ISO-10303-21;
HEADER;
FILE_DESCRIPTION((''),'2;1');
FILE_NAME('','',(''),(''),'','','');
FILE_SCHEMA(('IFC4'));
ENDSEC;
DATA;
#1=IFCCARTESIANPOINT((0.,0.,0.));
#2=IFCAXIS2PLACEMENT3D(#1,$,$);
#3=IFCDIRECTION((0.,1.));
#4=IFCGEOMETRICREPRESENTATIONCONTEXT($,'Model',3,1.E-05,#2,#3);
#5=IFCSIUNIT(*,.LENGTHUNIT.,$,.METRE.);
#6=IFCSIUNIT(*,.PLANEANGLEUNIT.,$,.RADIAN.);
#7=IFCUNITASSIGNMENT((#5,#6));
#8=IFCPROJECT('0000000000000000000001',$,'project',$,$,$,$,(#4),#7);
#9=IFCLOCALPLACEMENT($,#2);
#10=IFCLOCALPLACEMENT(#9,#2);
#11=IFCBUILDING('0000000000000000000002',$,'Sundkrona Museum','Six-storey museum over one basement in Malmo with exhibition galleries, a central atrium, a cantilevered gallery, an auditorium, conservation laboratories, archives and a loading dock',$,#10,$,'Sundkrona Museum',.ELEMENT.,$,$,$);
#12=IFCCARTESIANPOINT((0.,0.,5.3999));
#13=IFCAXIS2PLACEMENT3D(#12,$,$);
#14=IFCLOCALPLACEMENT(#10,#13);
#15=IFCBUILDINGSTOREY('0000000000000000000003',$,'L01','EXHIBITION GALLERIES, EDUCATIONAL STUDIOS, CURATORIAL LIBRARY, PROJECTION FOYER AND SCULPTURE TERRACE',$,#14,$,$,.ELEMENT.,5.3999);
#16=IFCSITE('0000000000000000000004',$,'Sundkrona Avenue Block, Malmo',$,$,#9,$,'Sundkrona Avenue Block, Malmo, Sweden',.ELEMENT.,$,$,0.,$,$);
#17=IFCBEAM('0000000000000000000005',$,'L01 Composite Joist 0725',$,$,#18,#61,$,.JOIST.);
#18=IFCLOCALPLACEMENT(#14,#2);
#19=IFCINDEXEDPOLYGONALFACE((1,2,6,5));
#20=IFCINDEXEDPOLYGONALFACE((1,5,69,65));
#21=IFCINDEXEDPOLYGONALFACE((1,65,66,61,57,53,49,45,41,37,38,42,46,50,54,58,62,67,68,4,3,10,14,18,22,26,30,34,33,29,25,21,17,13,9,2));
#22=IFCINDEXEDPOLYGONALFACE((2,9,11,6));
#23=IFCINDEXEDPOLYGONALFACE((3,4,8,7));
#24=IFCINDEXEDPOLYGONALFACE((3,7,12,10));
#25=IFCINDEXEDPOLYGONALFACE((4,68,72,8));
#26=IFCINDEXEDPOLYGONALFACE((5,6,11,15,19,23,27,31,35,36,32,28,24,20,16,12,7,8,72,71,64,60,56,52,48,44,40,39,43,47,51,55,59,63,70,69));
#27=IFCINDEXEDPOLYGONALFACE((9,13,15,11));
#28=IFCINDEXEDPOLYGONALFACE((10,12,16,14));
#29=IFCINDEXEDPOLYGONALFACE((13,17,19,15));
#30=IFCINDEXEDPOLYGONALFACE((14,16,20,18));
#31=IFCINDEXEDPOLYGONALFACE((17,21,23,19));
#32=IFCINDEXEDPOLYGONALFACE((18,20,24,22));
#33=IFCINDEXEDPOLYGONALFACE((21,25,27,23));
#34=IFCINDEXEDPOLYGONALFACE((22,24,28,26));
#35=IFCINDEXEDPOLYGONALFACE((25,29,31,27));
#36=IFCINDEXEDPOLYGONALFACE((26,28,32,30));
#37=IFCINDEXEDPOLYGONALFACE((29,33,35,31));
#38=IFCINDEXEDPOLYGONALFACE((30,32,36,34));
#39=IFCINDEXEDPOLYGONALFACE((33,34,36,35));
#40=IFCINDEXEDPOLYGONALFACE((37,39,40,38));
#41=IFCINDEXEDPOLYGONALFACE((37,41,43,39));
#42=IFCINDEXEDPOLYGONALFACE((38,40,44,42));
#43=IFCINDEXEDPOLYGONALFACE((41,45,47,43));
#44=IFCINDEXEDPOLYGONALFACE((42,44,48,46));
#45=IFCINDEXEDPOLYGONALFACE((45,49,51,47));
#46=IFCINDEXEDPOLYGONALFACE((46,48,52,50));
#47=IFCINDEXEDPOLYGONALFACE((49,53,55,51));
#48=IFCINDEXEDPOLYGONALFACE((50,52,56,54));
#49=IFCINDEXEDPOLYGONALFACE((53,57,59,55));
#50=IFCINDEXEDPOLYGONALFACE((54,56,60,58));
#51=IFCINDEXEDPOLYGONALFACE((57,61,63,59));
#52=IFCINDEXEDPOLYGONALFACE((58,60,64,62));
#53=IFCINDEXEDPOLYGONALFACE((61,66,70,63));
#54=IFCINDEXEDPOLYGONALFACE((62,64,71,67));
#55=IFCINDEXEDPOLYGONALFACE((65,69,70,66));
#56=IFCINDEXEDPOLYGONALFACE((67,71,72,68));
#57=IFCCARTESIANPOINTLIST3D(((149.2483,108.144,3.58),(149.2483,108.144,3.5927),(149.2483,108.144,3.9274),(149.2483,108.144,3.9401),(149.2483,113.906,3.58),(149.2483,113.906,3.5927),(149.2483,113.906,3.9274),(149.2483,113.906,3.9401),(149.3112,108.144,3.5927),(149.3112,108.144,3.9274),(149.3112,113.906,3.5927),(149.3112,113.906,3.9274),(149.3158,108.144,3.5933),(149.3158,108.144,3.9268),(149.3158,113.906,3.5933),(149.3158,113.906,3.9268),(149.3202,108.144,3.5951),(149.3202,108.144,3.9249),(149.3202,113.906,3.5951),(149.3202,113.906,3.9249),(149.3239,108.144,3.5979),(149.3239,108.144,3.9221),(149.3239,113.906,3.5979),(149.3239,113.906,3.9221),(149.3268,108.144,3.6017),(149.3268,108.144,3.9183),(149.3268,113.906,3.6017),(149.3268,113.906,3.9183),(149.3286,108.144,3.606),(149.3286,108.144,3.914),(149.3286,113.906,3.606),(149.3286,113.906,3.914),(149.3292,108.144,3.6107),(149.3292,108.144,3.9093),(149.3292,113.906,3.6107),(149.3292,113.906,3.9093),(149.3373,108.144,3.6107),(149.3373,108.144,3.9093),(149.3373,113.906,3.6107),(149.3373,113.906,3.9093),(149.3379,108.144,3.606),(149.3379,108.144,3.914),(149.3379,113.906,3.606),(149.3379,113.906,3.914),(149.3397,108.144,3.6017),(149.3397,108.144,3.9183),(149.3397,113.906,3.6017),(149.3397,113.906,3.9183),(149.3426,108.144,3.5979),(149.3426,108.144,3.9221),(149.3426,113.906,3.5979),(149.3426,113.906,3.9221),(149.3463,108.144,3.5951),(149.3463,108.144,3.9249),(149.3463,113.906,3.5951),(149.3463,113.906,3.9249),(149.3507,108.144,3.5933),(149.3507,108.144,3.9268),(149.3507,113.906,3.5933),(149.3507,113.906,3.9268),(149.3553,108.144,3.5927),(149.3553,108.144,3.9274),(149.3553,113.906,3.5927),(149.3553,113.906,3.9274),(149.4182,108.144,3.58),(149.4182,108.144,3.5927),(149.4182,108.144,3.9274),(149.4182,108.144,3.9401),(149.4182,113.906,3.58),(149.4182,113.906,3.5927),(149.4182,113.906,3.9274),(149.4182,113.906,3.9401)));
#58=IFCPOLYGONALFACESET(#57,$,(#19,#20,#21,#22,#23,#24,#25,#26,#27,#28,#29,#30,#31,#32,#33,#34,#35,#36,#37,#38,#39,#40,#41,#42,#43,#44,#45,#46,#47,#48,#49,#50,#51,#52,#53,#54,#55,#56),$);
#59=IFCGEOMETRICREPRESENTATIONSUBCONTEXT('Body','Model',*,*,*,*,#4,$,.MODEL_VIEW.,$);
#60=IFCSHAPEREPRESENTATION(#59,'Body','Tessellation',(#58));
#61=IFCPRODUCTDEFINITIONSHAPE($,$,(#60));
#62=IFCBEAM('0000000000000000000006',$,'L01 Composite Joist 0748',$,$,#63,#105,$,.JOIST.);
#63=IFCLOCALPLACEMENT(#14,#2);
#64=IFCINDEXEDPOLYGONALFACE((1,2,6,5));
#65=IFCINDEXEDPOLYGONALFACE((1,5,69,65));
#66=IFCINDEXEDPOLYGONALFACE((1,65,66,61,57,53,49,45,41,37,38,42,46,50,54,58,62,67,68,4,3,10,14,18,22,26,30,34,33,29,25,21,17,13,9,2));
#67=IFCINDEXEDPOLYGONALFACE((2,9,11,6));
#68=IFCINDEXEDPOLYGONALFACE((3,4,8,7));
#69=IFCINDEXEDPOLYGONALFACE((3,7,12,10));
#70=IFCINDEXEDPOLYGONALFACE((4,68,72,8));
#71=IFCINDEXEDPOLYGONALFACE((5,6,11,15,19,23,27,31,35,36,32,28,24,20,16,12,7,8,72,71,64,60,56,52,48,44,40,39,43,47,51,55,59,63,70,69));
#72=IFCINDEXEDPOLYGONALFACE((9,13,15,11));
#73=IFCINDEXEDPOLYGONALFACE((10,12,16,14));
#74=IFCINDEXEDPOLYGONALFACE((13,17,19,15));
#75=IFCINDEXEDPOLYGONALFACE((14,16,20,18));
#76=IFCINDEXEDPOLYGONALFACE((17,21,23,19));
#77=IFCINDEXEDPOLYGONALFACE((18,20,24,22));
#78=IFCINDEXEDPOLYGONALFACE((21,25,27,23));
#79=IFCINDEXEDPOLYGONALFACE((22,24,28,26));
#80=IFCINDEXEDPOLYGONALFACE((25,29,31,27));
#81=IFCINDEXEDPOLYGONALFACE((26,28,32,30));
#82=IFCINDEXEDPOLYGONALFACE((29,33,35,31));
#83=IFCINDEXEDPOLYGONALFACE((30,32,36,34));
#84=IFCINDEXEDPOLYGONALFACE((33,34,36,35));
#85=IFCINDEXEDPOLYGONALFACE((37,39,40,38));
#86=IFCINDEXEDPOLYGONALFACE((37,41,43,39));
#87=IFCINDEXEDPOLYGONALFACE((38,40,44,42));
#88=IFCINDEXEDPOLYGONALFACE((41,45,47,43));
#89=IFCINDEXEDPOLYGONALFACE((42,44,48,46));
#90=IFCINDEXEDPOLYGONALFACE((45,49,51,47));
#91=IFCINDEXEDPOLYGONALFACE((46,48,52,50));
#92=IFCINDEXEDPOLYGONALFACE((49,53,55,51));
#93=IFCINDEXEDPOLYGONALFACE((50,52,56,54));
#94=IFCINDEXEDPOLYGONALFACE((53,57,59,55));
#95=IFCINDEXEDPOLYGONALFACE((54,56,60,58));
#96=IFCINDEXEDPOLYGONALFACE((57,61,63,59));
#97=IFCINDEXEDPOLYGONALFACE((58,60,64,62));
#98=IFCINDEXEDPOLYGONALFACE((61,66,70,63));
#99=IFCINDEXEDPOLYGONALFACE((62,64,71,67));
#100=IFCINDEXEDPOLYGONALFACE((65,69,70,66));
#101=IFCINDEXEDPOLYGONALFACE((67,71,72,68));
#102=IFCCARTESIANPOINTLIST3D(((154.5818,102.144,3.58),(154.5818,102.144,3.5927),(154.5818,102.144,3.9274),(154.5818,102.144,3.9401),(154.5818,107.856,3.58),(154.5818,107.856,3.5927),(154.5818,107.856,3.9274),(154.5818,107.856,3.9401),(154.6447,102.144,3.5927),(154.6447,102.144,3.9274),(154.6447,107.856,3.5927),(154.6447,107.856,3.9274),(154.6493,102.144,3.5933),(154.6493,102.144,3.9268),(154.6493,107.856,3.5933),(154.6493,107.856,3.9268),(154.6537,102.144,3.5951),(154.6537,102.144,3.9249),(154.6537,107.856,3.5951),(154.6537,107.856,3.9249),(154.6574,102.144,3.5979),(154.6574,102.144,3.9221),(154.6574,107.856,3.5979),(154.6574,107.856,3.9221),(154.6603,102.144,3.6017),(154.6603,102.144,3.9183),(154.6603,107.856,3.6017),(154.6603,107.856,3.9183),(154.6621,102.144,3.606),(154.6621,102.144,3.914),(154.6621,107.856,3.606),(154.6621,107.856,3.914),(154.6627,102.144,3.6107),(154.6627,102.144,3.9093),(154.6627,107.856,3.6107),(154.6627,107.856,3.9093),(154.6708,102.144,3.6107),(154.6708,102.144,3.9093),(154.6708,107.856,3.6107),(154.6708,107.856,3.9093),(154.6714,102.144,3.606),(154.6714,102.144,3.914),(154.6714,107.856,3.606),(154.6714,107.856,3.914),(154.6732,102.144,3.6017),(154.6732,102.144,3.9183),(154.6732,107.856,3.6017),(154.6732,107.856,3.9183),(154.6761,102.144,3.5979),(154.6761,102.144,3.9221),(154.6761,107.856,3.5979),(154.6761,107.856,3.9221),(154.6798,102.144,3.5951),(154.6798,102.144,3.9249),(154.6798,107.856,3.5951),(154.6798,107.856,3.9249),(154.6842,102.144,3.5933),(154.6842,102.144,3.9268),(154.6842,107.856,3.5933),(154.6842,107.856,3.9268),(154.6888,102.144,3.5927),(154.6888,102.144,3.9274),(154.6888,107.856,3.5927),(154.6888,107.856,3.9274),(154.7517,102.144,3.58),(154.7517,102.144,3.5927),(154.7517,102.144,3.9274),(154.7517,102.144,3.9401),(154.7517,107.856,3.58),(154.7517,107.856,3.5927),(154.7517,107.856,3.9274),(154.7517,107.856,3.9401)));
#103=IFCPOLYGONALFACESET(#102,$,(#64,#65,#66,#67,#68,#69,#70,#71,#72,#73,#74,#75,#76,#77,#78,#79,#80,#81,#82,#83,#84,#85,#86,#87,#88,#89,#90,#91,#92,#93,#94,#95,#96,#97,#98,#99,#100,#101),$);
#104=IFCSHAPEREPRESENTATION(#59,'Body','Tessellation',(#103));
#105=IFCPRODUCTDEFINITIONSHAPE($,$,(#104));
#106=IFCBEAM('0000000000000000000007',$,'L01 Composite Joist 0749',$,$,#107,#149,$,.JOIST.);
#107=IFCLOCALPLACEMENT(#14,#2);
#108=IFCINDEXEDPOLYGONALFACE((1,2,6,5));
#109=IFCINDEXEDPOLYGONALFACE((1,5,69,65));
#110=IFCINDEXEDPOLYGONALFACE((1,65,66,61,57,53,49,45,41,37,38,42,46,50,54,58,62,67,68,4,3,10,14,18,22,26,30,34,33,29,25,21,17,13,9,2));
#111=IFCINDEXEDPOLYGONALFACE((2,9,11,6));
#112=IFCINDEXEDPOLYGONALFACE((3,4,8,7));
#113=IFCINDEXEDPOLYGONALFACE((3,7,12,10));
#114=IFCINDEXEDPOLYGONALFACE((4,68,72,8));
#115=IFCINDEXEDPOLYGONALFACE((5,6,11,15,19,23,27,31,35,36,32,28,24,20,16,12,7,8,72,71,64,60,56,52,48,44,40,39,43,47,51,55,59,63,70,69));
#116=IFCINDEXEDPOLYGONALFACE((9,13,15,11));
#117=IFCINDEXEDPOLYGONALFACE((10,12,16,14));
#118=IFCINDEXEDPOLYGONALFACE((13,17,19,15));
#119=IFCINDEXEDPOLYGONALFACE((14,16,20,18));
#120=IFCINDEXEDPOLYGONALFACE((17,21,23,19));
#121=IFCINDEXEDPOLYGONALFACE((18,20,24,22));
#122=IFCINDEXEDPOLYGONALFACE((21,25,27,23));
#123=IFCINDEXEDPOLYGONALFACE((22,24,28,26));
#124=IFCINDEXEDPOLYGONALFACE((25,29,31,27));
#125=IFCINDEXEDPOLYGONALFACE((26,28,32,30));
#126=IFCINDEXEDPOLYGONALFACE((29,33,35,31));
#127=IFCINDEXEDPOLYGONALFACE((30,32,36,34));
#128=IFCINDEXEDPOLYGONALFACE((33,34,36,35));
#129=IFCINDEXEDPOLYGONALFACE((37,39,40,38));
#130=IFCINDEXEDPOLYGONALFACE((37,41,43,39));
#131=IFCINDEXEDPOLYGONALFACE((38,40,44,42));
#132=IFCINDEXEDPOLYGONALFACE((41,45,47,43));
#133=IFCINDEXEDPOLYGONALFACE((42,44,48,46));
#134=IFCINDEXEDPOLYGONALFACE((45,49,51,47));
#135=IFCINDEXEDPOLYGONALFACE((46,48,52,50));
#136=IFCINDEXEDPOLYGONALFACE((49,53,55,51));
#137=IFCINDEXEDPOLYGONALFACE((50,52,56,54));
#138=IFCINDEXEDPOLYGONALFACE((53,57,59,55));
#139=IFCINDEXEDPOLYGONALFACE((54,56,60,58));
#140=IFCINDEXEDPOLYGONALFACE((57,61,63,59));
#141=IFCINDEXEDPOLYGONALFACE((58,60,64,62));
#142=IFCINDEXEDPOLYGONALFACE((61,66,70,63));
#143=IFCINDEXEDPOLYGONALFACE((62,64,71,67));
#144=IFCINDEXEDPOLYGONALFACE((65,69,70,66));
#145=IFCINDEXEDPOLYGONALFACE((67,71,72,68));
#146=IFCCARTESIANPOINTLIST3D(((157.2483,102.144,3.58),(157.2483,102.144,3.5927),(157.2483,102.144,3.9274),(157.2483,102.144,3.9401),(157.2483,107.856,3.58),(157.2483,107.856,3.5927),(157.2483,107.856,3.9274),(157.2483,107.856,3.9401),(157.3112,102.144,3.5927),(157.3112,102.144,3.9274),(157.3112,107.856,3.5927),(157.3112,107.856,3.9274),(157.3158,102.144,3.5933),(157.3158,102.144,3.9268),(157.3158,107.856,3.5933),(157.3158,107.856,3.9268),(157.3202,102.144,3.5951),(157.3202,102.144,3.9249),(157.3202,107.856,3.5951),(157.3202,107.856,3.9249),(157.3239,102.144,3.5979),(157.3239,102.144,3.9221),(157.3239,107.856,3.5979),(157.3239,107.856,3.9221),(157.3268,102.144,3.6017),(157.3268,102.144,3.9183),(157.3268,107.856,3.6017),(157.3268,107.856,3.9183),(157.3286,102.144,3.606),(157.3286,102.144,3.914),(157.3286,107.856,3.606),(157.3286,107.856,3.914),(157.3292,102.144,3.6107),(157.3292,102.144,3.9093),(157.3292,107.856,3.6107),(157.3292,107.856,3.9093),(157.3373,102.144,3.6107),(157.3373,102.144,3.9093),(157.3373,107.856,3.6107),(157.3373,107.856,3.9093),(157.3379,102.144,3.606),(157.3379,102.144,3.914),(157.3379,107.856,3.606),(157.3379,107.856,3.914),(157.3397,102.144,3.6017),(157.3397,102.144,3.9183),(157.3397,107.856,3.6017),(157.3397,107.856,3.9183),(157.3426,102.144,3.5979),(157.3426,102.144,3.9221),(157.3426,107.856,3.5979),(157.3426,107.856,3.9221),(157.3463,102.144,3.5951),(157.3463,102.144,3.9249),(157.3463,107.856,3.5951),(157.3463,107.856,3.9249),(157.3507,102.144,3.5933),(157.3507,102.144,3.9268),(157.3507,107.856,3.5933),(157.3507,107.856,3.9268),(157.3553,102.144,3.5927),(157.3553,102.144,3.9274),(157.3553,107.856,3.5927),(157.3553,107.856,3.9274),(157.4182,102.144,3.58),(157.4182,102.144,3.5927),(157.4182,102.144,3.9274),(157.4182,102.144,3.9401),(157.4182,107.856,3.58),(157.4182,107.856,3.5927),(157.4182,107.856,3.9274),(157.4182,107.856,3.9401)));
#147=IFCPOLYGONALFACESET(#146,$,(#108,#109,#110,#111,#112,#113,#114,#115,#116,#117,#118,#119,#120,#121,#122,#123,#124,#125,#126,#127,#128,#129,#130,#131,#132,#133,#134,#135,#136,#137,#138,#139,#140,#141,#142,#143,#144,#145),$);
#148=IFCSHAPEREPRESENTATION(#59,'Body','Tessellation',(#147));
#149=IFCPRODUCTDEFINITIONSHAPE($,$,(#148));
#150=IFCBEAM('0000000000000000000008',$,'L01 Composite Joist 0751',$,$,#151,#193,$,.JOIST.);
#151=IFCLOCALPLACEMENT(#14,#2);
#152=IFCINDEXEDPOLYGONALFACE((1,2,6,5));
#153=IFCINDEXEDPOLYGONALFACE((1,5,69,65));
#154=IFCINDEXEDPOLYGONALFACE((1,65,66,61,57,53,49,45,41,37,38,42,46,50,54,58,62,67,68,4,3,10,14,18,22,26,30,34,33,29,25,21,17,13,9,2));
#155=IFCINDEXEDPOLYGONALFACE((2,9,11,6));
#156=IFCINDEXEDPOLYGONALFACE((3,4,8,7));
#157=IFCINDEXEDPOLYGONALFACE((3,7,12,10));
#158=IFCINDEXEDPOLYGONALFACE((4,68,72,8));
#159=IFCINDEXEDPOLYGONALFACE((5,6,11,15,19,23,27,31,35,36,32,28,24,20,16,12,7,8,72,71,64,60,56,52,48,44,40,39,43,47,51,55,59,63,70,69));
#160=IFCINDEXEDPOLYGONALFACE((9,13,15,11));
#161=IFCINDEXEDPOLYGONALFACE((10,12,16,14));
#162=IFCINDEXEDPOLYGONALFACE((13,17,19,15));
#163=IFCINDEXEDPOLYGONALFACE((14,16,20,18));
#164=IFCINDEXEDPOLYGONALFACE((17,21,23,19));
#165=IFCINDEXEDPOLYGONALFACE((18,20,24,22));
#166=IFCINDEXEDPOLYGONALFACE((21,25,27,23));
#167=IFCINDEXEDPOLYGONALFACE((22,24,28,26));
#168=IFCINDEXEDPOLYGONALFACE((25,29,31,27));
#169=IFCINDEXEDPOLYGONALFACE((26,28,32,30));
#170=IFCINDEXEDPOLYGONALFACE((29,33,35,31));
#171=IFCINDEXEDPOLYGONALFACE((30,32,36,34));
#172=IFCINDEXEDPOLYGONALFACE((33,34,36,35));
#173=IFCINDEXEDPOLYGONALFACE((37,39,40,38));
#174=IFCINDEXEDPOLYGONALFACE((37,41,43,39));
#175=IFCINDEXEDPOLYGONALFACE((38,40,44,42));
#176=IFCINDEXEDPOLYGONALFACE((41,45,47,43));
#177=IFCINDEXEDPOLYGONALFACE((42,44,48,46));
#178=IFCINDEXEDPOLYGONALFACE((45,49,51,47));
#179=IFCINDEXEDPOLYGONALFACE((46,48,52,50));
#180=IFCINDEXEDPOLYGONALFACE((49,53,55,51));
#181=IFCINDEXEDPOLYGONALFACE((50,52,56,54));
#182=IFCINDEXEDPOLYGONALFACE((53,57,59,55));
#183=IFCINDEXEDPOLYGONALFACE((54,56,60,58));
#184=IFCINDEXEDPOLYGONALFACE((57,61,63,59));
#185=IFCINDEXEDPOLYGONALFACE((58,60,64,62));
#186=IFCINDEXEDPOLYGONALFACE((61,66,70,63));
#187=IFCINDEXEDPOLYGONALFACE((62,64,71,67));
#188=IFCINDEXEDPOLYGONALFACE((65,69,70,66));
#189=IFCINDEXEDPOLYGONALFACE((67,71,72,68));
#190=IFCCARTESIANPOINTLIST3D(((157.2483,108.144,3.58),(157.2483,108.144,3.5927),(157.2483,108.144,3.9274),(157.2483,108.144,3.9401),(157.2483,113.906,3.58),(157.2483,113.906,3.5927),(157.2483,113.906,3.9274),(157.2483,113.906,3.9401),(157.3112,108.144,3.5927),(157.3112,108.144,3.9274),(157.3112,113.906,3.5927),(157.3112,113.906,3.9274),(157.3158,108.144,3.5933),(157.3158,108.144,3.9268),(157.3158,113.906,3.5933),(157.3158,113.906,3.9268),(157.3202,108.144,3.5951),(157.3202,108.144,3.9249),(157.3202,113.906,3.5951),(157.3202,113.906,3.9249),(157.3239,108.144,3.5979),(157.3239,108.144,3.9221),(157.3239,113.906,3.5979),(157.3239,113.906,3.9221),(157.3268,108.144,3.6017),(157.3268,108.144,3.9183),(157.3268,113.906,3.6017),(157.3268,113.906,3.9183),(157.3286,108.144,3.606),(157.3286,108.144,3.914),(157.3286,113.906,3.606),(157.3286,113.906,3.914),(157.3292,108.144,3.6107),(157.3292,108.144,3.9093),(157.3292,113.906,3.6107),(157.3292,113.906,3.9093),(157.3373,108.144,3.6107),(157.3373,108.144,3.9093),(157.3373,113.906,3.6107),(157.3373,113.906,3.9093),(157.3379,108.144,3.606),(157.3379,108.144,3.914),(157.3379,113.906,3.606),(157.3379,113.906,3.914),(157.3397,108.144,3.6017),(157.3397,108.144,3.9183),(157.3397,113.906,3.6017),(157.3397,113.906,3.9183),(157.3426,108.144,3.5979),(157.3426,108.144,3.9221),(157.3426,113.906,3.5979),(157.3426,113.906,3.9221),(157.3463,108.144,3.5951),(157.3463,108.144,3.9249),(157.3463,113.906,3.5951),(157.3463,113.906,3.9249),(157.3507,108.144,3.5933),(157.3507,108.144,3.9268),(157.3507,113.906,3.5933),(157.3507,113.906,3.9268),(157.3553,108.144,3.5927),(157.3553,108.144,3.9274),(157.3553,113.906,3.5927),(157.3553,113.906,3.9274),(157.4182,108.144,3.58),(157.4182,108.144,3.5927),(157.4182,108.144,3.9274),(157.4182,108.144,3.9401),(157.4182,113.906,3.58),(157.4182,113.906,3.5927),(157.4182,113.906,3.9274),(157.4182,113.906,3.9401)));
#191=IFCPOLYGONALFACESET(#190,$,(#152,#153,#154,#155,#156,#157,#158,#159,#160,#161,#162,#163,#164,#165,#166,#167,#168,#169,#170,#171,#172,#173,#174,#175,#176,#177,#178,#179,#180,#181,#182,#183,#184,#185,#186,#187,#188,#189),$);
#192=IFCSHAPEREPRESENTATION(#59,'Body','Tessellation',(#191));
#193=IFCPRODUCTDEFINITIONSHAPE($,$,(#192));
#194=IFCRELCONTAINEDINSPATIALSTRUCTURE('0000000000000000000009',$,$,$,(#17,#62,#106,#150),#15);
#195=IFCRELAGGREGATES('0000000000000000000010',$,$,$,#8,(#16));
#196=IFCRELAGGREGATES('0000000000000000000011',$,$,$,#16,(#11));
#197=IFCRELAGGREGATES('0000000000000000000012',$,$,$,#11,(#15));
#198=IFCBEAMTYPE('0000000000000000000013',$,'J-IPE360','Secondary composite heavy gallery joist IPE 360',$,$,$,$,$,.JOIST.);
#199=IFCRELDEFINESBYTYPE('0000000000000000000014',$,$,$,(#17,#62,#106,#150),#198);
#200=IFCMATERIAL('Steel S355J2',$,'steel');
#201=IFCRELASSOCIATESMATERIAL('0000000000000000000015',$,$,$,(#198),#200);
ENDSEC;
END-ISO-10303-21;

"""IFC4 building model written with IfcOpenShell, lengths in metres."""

from ifc_helpers import new_model, si_unit, direction, frame, origin, origin_2d, place, context, subcontext, project, spatial, i_section, extrude, material, material_profile, profile_set, type_object, element, save


model = new_model("IFC4")

# Units and contexts
model_context = context("Model", 3, precision=1e-05, world=origin(), true_north=direction((0.0, 1.0)))
body_context = subcontext(model_context, "Body", "Model", "MODEL_VIEW")
ifc_project = project(units=[si_unit("LENGTHUNIT", "METRE"), si_unit("PLANEANGLEUNIT", "RADIAN")], contexts=[model_context])

# Site, building, storey
site_placement = place(None, origin())
site = spatial("IfcSite", under=ifc_project, at=site_placement, Name="Sundkrona Avenue Block, Malmo", LongName="Sundkrona Avenue Block, Malmo, Sweden", CompositionType="ELEMENT", RefElevation=0.0)
building_placement = place(site_placement, origin())
building = spatial("IfcBuilding", under=site, at=building_placement, Name="Sundkrona Museum", Description="Six-storey museum over one basement in Malmo with exhibition galleries, a central atrium, a cantilevered gallery, an auditorium, conservation laboratories, archives and a loading dock", LongName="Sundkrona Museum", CompositionType="ELEMENT")
storey_placement = place(building_placement, frame((0.0, 0.0, 5.3999)))
storey = spatial("IfcBuildingStorey", under=building, at=storey_placement, Name="L01", Description="EXHIBITION GALLERIES, EDUCATIONAL STUDIOS, CURATORIAL LIBRARY, PROJECTION FOYER AND SCULPTURE TERRACE", CompositionType="ELEMENT", Elevation=5.3999)

# Shared definitions
ifc_material_1 = material(Name="Steel S355J2", Category="steel")

# Beams
ifc_material_profile_1 = material_profile(ifc_material_1, i_section(OverallWidth=0.1699, OverallDepth=0.3601, WebThickness=0.0081, FlangeThickness=0.0127, FilletRadius=0.0181, at=origin_2d()), Name="IPE 360")
ifc_profile_set_1 = profile_set([ifc_material_profile_1], Name="Steel S355J2")
beam_type_1 = type_object("IfcBeamType", Name="J-IPE360", Description="Secondary composite heavy gallery joist IPE 360", PredefinedType="JOIST", material=ifc_profile_set_1)
beam_1_placement = place(storey_placement, frame((149.3333, 108.144, 3.76), z_axis=(0.0, 1.0, 0.0), x_axis=(-1.0, 0.0, 0.0)))
element("IfcBeam", 1, at=beam_1_placement, inside=storey, type_object=beam_type_1, Name="L01 Composite Joist 0725", PredefinedType="JOIST", context=body_context, shape_type="SweptSolid", body=[
    extrude(i_section(OverallWidth=0.1699, OverallDepth=0.3601, WebThickness=0.0081, FlangeThickness=0.0127, FilletRadius=0.0181, at=origin_2d()), origin(), (0.0, 0.0, 1.0), 5.762),
])
for number, where, z_axis, x_axis, name in (
    (2, (154.6667, 102.144, 3.76), (0.0, 1.0, 0.0), (-1.0, 0.0, 0.0), "L01 Composite Joist 0748"),
    (3, (157.3333, 102.144, 3.76), (0.0, 1.0, 0.0), (-1.0, 0.0, 0.0), "L01 Composite Joist 0749"),
):
    element("IfcBeam", number, at=place(storey_placement, frame(where, z_axis=z_axis, x_axis=x_axis)), inside=storey, type_object=beam_type_1, Name=name, PredefinedType="JOIST", context=body_context, shape_type="SweptSolid", body=[
        extrude(i_section(OverallWidth=0.1699, OverallDepth=0.3601, WebThickness=0.0081, FlangeThickness=0.0127, FilletRadius=0.0181, at=origin_2d()), origin(), (0.0, 0.0, 1.0), 5.7119),
    ])
beam_2_placement = place(storey_placement, frame((157.3333, 108.144, 3.76), z_axis=(0.0, 1.0, 0.0), x_axis=(-1.0, 0.0, 0.0)))
element("IfcBeam", 4, at=beam_2_placement, inside=storey, type_object=beam_type_1, Name="L01 Composite Joist 0751", PredefinedType="JOIST", context=body_context, shape_type="SweptSolid", body=[
    extrude(i_section(OverallWidth=0.1699, OverallDepth=0.3601, WebThickness=0.0081, FlangeThickness=0.0127, FilletRadius=0.0181, at=origin_2d()), origin(), (0.0, 0.0, 1.0), 5.762),
])

save(model, "model.ifc")
